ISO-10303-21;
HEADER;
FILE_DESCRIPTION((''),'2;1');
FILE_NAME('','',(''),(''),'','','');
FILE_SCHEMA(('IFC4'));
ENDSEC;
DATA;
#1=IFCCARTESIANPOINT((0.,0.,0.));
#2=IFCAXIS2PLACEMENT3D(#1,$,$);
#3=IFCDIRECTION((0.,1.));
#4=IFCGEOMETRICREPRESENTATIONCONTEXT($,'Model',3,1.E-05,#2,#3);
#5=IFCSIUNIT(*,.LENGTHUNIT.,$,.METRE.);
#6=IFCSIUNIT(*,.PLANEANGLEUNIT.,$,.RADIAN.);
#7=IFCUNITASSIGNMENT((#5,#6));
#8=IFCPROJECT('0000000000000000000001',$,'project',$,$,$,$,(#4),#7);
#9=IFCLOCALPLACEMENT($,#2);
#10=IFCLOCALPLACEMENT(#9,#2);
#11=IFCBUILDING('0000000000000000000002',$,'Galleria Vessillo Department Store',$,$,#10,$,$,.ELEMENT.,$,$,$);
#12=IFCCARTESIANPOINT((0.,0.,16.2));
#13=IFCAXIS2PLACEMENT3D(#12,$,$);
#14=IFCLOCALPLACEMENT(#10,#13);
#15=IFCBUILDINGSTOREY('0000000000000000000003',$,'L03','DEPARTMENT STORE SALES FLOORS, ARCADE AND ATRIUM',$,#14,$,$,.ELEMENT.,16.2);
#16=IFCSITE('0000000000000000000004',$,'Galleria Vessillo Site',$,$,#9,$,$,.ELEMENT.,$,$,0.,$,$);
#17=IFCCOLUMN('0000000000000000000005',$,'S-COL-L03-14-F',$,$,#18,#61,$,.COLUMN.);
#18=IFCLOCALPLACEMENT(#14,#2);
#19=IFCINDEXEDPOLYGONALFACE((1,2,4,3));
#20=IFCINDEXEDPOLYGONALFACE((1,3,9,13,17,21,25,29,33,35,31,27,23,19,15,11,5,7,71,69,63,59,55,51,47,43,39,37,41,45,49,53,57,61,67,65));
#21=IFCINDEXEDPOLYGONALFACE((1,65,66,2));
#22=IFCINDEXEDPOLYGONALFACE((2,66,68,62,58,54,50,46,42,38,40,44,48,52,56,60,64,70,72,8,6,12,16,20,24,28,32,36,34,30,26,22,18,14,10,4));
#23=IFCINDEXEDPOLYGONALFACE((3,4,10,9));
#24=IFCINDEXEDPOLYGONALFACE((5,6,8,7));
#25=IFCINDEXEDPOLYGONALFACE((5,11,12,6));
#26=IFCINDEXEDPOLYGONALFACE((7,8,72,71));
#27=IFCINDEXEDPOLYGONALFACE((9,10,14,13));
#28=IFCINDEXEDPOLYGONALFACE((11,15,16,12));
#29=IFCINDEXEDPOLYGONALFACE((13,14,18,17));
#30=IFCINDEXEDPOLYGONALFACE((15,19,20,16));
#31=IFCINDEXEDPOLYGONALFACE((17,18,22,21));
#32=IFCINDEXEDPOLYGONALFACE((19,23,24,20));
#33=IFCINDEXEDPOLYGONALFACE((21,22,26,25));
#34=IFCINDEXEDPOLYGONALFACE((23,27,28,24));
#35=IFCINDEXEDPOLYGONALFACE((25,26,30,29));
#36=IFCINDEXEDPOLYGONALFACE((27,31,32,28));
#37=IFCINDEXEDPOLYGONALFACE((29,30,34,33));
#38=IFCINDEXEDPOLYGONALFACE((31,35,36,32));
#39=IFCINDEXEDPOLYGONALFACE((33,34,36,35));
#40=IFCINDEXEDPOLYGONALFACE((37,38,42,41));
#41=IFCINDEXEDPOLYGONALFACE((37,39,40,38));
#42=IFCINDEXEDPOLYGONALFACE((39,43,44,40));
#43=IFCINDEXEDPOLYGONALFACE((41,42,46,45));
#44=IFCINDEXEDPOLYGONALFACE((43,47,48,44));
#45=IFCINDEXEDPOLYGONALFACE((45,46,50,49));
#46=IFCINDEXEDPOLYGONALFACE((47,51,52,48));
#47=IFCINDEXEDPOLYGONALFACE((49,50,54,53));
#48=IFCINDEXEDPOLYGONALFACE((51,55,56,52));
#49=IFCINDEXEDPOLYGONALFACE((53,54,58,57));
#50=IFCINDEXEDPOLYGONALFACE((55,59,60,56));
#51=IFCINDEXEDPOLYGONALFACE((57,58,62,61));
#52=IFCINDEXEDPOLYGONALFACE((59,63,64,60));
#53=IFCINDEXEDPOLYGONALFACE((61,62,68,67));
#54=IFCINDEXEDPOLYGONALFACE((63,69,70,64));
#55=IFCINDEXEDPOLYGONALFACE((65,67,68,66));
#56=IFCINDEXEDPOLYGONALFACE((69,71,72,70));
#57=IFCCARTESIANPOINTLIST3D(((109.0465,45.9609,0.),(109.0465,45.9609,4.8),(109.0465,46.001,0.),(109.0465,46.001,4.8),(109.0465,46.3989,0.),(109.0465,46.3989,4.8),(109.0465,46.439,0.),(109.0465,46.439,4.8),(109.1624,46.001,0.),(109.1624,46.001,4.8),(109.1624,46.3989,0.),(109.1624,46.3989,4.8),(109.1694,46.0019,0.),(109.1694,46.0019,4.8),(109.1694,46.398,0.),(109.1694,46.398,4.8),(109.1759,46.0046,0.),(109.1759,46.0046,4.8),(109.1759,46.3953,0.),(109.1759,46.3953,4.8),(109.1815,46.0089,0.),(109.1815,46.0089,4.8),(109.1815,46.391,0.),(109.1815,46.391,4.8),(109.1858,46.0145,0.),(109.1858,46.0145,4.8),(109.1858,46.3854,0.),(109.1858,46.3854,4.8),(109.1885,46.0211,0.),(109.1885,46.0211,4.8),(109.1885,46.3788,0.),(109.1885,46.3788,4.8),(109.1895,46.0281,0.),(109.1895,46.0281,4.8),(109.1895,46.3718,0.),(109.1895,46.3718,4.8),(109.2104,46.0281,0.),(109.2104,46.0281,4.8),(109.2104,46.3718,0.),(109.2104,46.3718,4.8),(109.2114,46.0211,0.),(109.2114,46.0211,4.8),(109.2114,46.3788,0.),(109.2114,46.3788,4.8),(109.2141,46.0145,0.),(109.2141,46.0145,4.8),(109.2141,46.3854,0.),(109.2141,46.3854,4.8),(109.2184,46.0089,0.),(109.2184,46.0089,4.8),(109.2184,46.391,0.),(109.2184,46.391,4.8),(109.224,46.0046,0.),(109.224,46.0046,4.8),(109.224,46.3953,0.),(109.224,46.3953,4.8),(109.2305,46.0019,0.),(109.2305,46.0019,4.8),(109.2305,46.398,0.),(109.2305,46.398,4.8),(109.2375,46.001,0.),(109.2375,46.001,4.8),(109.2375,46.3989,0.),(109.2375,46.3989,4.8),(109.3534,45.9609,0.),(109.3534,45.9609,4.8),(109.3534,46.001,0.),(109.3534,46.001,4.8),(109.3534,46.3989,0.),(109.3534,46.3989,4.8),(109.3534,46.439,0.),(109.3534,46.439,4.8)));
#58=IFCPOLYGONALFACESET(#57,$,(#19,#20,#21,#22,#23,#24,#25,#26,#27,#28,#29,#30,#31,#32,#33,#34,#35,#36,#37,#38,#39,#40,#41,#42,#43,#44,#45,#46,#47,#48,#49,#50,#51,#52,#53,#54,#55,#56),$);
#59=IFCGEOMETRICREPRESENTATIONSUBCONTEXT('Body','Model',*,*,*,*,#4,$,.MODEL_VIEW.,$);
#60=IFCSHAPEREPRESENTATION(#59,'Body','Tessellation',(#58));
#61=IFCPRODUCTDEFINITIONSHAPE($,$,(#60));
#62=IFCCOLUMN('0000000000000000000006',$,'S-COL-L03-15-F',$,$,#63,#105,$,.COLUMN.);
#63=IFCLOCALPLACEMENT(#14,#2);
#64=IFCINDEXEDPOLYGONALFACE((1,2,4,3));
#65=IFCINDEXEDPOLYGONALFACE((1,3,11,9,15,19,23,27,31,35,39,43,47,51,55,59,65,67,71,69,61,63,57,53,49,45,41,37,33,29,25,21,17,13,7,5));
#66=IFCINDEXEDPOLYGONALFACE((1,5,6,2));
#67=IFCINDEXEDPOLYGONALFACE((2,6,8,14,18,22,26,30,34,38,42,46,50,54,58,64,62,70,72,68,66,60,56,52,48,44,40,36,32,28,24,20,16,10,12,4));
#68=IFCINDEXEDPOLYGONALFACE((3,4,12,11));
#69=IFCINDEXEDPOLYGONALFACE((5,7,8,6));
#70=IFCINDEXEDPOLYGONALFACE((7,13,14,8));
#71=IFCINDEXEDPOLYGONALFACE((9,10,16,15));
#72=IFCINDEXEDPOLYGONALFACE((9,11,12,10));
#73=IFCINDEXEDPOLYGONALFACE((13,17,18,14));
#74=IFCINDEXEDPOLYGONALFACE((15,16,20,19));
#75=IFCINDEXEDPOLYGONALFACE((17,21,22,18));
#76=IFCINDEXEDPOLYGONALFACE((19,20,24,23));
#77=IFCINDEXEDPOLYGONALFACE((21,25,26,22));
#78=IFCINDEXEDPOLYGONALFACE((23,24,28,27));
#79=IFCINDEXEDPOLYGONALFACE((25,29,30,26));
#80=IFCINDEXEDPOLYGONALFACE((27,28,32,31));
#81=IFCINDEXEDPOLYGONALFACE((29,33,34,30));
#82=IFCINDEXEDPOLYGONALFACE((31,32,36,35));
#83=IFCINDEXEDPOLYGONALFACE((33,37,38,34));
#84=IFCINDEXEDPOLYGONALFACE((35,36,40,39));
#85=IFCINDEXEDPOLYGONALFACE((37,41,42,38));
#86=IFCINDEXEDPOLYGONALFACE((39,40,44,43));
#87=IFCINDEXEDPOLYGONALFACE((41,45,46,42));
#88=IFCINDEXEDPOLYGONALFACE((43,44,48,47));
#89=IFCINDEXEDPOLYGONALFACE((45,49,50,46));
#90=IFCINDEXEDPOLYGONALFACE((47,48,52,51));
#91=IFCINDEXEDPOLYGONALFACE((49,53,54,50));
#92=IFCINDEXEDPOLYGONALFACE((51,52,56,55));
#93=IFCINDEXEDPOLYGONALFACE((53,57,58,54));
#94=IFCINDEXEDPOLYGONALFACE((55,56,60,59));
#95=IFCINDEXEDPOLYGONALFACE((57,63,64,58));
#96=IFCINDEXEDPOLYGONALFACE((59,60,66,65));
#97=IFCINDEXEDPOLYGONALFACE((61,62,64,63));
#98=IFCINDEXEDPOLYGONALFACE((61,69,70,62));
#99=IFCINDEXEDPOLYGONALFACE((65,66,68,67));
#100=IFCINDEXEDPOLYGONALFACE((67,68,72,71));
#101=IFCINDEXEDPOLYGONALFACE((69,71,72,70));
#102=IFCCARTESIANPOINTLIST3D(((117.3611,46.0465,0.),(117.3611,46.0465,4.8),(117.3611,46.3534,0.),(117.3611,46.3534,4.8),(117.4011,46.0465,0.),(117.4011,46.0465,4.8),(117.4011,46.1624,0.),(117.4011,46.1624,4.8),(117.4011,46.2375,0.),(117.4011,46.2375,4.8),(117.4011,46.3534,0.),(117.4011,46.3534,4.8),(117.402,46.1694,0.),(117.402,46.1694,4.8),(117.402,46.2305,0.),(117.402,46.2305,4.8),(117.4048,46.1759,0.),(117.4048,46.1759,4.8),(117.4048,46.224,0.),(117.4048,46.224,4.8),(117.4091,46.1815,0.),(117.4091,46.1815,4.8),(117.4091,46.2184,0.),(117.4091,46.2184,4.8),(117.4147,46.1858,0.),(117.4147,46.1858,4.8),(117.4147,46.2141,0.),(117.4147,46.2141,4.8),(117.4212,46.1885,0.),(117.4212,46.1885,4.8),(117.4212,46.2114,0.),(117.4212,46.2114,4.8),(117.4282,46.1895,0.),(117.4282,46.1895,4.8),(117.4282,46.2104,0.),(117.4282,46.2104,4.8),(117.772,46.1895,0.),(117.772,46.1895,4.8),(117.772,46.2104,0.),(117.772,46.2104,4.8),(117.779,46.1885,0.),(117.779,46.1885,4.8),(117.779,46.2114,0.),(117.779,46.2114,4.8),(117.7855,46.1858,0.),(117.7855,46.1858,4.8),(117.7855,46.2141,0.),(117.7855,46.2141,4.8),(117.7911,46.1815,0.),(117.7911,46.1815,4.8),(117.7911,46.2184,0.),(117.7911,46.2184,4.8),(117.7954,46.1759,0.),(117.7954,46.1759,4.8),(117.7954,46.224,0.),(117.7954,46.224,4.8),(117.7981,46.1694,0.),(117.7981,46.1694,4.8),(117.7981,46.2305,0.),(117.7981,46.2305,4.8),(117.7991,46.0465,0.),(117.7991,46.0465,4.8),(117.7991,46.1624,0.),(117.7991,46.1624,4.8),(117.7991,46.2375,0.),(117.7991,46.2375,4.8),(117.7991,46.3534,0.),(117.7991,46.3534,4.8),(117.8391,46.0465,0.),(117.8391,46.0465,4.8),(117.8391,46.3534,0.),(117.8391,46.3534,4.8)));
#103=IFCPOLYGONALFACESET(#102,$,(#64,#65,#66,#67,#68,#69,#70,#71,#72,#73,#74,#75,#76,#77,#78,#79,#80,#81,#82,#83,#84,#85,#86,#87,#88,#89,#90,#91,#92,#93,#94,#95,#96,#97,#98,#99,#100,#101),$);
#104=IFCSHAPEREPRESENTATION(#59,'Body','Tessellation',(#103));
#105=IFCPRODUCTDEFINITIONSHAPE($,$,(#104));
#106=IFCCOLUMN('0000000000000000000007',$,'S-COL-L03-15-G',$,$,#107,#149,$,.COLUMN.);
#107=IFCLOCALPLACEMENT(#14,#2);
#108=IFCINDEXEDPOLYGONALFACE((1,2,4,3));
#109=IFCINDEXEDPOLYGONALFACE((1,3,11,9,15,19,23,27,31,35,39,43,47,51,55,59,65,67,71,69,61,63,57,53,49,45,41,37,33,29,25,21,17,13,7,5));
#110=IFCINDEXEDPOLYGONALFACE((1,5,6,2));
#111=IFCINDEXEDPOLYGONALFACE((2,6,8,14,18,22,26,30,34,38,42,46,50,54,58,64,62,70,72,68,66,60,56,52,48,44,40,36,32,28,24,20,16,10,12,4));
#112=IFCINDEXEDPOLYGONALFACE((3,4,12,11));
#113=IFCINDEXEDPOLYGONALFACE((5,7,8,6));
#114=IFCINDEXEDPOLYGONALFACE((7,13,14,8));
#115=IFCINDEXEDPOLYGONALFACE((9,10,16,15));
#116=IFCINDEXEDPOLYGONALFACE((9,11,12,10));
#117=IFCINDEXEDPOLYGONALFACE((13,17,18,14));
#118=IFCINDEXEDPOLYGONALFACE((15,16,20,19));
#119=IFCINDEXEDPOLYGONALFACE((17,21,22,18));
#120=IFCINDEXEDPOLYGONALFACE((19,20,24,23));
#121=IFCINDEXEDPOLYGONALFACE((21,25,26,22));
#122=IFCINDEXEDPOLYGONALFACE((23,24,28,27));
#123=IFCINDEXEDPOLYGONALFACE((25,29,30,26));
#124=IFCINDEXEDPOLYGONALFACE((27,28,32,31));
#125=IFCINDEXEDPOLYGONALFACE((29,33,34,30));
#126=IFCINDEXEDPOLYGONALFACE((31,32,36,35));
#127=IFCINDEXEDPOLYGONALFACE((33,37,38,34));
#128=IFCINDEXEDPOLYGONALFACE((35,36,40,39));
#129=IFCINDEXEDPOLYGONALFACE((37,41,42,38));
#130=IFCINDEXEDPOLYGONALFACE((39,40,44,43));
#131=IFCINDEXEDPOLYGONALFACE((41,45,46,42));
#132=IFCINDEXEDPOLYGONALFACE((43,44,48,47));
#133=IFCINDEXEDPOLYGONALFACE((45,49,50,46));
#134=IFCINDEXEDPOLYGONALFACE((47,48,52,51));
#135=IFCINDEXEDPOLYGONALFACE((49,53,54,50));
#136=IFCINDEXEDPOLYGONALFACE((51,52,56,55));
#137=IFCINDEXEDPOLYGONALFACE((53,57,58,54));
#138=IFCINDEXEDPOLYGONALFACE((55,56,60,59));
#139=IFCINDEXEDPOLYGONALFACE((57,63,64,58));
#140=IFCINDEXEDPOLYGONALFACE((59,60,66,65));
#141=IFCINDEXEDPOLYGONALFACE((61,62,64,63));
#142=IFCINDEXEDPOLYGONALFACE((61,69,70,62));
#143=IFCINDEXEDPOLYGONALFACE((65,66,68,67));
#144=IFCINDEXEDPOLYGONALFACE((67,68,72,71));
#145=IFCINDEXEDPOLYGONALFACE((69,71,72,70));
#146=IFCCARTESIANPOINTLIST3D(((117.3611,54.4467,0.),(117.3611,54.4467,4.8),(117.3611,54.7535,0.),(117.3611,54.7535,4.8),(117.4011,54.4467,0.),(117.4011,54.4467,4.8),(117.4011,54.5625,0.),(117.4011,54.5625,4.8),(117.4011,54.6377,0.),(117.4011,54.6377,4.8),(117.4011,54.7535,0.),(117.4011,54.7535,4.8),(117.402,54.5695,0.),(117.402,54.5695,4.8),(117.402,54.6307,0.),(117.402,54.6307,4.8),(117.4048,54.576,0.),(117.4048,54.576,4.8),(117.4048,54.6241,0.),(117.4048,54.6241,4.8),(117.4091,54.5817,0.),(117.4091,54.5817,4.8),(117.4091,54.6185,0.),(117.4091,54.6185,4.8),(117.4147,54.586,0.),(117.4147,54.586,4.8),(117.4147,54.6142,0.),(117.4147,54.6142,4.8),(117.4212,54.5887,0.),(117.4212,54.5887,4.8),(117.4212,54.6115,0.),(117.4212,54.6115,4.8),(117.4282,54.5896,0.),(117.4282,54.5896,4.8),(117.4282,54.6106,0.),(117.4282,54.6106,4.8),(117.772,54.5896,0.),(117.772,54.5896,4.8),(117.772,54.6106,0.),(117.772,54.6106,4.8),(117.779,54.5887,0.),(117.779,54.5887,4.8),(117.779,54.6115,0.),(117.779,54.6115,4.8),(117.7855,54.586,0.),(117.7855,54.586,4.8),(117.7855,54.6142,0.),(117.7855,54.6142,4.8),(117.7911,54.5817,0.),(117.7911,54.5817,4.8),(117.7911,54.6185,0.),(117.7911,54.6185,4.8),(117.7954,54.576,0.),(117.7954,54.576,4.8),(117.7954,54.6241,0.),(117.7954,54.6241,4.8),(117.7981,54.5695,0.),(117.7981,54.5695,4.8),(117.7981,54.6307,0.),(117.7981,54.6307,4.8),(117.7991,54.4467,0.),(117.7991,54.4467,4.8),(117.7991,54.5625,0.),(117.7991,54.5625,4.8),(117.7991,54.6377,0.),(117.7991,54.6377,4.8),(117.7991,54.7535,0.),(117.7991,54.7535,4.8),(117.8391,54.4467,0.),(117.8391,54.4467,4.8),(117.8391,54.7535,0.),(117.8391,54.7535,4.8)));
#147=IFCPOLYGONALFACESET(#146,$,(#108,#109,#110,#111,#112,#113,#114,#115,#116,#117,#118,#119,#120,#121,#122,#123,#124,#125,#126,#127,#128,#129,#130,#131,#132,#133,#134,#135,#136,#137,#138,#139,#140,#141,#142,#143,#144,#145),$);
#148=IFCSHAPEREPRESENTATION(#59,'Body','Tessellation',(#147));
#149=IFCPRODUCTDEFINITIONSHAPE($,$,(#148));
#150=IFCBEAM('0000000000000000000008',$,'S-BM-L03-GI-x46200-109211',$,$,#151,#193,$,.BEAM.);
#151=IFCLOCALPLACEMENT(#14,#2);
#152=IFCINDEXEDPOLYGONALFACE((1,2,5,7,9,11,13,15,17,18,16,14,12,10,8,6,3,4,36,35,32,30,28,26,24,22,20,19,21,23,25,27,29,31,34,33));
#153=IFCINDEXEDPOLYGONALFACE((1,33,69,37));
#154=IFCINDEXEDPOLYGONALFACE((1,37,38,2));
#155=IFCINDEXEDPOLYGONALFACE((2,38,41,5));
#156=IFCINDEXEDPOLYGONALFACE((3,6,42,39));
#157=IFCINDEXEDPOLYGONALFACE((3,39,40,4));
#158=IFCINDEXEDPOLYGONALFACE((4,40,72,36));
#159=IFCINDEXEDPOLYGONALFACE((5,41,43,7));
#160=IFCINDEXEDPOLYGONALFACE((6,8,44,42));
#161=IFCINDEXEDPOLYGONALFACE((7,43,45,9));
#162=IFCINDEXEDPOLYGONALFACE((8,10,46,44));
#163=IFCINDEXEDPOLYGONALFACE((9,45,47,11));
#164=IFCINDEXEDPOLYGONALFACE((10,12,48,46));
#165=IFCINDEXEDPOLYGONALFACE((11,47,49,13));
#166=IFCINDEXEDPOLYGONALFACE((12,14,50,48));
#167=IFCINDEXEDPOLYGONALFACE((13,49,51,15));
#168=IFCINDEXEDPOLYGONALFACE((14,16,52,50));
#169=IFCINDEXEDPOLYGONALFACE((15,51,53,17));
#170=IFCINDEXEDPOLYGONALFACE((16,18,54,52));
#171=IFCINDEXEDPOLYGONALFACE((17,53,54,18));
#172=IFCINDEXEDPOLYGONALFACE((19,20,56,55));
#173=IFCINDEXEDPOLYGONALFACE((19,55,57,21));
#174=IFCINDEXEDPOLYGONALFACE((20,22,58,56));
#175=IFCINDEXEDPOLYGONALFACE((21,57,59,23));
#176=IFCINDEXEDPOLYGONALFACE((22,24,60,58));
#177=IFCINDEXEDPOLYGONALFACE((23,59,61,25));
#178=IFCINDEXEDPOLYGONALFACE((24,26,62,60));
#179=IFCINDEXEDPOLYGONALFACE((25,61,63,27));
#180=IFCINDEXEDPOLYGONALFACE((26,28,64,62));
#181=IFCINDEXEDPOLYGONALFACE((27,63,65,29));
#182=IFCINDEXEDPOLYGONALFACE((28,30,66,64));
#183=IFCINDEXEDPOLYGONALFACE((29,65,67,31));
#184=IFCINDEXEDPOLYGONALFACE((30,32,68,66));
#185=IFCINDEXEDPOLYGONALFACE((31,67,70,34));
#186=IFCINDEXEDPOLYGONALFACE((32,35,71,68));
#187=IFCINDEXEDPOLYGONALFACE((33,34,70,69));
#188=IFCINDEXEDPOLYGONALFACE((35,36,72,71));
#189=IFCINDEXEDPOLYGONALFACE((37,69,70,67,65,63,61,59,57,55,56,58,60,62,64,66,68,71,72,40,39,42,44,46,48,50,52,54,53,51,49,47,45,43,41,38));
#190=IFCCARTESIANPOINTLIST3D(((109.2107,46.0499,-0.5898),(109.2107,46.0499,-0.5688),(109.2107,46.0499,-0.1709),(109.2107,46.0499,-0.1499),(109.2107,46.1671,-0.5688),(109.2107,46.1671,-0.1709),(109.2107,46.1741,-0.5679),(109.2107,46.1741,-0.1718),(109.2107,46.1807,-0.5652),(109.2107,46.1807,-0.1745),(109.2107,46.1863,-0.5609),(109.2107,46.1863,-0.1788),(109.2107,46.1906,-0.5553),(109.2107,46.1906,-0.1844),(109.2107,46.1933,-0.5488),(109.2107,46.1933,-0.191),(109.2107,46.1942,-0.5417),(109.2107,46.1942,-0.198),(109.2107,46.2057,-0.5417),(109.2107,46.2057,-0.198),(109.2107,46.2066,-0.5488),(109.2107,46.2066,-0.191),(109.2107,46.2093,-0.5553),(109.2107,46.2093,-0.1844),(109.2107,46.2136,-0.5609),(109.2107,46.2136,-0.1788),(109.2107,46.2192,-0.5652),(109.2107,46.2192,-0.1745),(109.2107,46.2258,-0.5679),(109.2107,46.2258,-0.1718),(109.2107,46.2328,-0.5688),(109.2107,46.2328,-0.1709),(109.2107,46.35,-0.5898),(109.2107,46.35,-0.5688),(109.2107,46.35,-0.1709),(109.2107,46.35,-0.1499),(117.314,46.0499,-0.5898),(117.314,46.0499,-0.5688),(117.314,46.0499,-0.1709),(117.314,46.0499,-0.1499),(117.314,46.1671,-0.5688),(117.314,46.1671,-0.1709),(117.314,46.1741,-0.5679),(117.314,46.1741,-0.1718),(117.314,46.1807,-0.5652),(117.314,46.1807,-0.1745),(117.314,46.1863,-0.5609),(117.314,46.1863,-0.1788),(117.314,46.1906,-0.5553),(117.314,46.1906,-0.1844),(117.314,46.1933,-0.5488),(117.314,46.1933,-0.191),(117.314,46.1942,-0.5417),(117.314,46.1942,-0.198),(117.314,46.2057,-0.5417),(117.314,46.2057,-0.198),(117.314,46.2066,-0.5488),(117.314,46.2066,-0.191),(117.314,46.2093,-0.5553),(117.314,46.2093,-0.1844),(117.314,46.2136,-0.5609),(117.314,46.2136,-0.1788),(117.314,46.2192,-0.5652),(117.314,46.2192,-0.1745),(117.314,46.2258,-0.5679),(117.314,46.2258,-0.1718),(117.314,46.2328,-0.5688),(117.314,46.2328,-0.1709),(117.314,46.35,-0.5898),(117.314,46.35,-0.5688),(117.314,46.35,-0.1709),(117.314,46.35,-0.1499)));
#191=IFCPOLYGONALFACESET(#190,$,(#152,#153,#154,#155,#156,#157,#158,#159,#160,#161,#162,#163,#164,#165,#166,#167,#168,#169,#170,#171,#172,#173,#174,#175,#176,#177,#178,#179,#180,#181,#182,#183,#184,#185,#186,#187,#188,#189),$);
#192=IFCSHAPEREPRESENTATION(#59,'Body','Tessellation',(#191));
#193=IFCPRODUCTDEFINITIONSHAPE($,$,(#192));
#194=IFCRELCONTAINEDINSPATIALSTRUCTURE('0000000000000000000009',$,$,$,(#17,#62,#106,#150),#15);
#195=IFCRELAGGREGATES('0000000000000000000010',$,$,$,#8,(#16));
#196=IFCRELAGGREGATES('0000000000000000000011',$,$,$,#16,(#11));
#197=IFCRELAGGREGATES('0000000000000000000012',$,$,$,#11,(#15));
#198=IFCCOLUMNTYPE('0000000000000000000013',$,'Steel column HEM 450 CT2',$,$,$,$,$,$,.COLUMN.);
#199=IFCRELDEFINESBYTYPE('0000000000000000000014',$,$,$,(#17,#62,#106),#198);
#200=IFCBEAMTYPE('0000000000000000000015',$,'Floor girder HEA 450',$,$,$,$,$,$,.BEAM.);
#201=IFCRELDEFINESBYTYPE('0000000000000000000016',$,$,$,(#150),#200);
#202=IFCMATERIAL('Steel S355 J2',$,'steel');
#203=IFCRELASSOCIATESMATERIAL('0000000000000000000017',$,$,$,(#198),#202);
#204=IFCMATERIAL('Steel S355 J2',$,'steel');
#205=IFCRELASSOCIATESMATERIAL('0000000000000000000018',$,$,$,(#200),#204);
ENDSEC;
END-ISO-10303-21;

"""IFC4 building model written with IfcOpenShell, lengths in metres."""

from ifc_helpers import new_model, si_unit, direction, frame, origin, origin_2d, place, context, subcontext, project, spatial, i_section, extrude, material, material_profile, profile_set, type_object, element, save


model = new_model("IFC4")

# Units and contexts
model_context = context("Model", 3, precision=1e-05, world=origin(), true_north=direction((0.0, 1.0)))
body_context = subcontext(model_context, "Body", "Model", "MODEL_VIEW")
ifc_project = project(units=[si_unit("LENGTHUNIT", "METRE"), si_unit("PLANEANGLEUNIT", "RADIAN")], contexts=[model_context])

# Site, building, storey
site_placement = place(None, origin())
site = spatial("IfcSite", under=ifc_project, at=site_placement, Name="Galleria Vessillo Site", CompositionType="ELEMENT", RefElevation=0.0)
building_placement = place(site_placement, origin())
building = spatial("IfcBuilding", under=site, at=building_placement, Name="Galleria Vessillo Department Store", CompositionType="ELEMENT")
storey_placement = place(building_placement, frame((0.0, 0.0, 16.2)))
storey = spatial("IfcBuildingStorey", under=building, at=storey_placement, Name="L03", Description="DEPARTMENT STORE SALES FLOORS, ARCADE AND ATRIUM", CompositionType="ELEMENT", Elevation=16.2)

# Columns
ifc_material_1 = material(Name="Steel S355 J2", Category="steel")
ifc_material_profile_1 = material_profile(ifc_material_1, i_section(OverallWidth=0.3069, OverallDepth=0.478, WebThickness=0.021, FlangeThickness=0.04, FilletRadius=0.0271, at=origin_2d()), Name="HEM 450")
ifc_profile_set_1 = profile_set([ifc_material_profile_1], Name="Steel S355 J2")
column_type = type_object("IfcColumnType", Name="Steel column HEM 450 CT2", PredefinedType="COLUMN", material=ifc_profile_set_1)
for number, where, z_axis, x_axis, name in (
    (1, (109.2, 46.2, 0.0), (0.0, 0.0, 1.0), (1.0, 0.0, 0.0), "S-COL-L03-14-F"),
    (2, (117.6001, 46.2, 0.0), (0.0, 0.0, 1.0), (0.0, 1.0, 0.0), "S-COL-L03-15-F"),
    (3, (117.6001, 54.6001, 0.0), (0.0, 0.0, 1.0), (0.0, 1.0, 0.0), "S-COL-L03-15-G"),
):
    element("IfcColumn", number, at=place(storey_placement, frame(where, z_axis=z_axis, x_axis=x_axis)), inside=storey, type_object=column_type, Name=name, PredefinedType="COLUMN", context=body_context, shape_type="SweptSolid", body=[
        extrude(i_section(OverallWidth=0.3069, OverallDepth=0.478, WebThickness=0.021, FlangeThickness=0.04, FilletRadius=0.0271, at=origin_2d()), origin(), (0.0, 0.0, 1.0), 4.8),
    ])

# Beam
ifc_material_2 = material(Name="Steel S355 J2", Category="steel")
ifc_material_profile_2 = material_profile(ifc_material_2, i_section(OverallWidth=0.3, OverallDepth=0.4399, WebThickness=0.0115, FlangeThickness=0.021, FilletRadius=0.0271, at=origin_2d()), Name="HEA 450")
ifc_profile_set_2 = profile_set([ifc_material_profile_2], Name="Steel S355 J2")
beam_type_1 = type_object("IfcBeamType", Name="Floor girder HEA 450", PredefinedType="BEAM", material=ifc_profile_set_2)
beam_1_placement = place(storey_placement, frame((109.2107, 46.2, -0.3699), z_axis=(1.0, 0.0, 0.0), x_axis=(0.0, 1.0, 0.0)))
element("IfcBeam", 4, at=beam_1_placement, inside=storey, type_object=beam_type_1, Name="S-BM-L03-GI-x46200-109211", PredefinedType="BEAM", context=body_context, shape_type="SweptSolid", body=[
    extrude(i_section(OverallWidth=0.3, OverallDepth=0.4399, WebThickness=0.0115, FlangeThickness=0.021, FilletRadius=0.0271, at=origin_2d()), origin(), (0.0, 0.0, 1.0), 8.1033),
])

save(model, "model.ifc")
